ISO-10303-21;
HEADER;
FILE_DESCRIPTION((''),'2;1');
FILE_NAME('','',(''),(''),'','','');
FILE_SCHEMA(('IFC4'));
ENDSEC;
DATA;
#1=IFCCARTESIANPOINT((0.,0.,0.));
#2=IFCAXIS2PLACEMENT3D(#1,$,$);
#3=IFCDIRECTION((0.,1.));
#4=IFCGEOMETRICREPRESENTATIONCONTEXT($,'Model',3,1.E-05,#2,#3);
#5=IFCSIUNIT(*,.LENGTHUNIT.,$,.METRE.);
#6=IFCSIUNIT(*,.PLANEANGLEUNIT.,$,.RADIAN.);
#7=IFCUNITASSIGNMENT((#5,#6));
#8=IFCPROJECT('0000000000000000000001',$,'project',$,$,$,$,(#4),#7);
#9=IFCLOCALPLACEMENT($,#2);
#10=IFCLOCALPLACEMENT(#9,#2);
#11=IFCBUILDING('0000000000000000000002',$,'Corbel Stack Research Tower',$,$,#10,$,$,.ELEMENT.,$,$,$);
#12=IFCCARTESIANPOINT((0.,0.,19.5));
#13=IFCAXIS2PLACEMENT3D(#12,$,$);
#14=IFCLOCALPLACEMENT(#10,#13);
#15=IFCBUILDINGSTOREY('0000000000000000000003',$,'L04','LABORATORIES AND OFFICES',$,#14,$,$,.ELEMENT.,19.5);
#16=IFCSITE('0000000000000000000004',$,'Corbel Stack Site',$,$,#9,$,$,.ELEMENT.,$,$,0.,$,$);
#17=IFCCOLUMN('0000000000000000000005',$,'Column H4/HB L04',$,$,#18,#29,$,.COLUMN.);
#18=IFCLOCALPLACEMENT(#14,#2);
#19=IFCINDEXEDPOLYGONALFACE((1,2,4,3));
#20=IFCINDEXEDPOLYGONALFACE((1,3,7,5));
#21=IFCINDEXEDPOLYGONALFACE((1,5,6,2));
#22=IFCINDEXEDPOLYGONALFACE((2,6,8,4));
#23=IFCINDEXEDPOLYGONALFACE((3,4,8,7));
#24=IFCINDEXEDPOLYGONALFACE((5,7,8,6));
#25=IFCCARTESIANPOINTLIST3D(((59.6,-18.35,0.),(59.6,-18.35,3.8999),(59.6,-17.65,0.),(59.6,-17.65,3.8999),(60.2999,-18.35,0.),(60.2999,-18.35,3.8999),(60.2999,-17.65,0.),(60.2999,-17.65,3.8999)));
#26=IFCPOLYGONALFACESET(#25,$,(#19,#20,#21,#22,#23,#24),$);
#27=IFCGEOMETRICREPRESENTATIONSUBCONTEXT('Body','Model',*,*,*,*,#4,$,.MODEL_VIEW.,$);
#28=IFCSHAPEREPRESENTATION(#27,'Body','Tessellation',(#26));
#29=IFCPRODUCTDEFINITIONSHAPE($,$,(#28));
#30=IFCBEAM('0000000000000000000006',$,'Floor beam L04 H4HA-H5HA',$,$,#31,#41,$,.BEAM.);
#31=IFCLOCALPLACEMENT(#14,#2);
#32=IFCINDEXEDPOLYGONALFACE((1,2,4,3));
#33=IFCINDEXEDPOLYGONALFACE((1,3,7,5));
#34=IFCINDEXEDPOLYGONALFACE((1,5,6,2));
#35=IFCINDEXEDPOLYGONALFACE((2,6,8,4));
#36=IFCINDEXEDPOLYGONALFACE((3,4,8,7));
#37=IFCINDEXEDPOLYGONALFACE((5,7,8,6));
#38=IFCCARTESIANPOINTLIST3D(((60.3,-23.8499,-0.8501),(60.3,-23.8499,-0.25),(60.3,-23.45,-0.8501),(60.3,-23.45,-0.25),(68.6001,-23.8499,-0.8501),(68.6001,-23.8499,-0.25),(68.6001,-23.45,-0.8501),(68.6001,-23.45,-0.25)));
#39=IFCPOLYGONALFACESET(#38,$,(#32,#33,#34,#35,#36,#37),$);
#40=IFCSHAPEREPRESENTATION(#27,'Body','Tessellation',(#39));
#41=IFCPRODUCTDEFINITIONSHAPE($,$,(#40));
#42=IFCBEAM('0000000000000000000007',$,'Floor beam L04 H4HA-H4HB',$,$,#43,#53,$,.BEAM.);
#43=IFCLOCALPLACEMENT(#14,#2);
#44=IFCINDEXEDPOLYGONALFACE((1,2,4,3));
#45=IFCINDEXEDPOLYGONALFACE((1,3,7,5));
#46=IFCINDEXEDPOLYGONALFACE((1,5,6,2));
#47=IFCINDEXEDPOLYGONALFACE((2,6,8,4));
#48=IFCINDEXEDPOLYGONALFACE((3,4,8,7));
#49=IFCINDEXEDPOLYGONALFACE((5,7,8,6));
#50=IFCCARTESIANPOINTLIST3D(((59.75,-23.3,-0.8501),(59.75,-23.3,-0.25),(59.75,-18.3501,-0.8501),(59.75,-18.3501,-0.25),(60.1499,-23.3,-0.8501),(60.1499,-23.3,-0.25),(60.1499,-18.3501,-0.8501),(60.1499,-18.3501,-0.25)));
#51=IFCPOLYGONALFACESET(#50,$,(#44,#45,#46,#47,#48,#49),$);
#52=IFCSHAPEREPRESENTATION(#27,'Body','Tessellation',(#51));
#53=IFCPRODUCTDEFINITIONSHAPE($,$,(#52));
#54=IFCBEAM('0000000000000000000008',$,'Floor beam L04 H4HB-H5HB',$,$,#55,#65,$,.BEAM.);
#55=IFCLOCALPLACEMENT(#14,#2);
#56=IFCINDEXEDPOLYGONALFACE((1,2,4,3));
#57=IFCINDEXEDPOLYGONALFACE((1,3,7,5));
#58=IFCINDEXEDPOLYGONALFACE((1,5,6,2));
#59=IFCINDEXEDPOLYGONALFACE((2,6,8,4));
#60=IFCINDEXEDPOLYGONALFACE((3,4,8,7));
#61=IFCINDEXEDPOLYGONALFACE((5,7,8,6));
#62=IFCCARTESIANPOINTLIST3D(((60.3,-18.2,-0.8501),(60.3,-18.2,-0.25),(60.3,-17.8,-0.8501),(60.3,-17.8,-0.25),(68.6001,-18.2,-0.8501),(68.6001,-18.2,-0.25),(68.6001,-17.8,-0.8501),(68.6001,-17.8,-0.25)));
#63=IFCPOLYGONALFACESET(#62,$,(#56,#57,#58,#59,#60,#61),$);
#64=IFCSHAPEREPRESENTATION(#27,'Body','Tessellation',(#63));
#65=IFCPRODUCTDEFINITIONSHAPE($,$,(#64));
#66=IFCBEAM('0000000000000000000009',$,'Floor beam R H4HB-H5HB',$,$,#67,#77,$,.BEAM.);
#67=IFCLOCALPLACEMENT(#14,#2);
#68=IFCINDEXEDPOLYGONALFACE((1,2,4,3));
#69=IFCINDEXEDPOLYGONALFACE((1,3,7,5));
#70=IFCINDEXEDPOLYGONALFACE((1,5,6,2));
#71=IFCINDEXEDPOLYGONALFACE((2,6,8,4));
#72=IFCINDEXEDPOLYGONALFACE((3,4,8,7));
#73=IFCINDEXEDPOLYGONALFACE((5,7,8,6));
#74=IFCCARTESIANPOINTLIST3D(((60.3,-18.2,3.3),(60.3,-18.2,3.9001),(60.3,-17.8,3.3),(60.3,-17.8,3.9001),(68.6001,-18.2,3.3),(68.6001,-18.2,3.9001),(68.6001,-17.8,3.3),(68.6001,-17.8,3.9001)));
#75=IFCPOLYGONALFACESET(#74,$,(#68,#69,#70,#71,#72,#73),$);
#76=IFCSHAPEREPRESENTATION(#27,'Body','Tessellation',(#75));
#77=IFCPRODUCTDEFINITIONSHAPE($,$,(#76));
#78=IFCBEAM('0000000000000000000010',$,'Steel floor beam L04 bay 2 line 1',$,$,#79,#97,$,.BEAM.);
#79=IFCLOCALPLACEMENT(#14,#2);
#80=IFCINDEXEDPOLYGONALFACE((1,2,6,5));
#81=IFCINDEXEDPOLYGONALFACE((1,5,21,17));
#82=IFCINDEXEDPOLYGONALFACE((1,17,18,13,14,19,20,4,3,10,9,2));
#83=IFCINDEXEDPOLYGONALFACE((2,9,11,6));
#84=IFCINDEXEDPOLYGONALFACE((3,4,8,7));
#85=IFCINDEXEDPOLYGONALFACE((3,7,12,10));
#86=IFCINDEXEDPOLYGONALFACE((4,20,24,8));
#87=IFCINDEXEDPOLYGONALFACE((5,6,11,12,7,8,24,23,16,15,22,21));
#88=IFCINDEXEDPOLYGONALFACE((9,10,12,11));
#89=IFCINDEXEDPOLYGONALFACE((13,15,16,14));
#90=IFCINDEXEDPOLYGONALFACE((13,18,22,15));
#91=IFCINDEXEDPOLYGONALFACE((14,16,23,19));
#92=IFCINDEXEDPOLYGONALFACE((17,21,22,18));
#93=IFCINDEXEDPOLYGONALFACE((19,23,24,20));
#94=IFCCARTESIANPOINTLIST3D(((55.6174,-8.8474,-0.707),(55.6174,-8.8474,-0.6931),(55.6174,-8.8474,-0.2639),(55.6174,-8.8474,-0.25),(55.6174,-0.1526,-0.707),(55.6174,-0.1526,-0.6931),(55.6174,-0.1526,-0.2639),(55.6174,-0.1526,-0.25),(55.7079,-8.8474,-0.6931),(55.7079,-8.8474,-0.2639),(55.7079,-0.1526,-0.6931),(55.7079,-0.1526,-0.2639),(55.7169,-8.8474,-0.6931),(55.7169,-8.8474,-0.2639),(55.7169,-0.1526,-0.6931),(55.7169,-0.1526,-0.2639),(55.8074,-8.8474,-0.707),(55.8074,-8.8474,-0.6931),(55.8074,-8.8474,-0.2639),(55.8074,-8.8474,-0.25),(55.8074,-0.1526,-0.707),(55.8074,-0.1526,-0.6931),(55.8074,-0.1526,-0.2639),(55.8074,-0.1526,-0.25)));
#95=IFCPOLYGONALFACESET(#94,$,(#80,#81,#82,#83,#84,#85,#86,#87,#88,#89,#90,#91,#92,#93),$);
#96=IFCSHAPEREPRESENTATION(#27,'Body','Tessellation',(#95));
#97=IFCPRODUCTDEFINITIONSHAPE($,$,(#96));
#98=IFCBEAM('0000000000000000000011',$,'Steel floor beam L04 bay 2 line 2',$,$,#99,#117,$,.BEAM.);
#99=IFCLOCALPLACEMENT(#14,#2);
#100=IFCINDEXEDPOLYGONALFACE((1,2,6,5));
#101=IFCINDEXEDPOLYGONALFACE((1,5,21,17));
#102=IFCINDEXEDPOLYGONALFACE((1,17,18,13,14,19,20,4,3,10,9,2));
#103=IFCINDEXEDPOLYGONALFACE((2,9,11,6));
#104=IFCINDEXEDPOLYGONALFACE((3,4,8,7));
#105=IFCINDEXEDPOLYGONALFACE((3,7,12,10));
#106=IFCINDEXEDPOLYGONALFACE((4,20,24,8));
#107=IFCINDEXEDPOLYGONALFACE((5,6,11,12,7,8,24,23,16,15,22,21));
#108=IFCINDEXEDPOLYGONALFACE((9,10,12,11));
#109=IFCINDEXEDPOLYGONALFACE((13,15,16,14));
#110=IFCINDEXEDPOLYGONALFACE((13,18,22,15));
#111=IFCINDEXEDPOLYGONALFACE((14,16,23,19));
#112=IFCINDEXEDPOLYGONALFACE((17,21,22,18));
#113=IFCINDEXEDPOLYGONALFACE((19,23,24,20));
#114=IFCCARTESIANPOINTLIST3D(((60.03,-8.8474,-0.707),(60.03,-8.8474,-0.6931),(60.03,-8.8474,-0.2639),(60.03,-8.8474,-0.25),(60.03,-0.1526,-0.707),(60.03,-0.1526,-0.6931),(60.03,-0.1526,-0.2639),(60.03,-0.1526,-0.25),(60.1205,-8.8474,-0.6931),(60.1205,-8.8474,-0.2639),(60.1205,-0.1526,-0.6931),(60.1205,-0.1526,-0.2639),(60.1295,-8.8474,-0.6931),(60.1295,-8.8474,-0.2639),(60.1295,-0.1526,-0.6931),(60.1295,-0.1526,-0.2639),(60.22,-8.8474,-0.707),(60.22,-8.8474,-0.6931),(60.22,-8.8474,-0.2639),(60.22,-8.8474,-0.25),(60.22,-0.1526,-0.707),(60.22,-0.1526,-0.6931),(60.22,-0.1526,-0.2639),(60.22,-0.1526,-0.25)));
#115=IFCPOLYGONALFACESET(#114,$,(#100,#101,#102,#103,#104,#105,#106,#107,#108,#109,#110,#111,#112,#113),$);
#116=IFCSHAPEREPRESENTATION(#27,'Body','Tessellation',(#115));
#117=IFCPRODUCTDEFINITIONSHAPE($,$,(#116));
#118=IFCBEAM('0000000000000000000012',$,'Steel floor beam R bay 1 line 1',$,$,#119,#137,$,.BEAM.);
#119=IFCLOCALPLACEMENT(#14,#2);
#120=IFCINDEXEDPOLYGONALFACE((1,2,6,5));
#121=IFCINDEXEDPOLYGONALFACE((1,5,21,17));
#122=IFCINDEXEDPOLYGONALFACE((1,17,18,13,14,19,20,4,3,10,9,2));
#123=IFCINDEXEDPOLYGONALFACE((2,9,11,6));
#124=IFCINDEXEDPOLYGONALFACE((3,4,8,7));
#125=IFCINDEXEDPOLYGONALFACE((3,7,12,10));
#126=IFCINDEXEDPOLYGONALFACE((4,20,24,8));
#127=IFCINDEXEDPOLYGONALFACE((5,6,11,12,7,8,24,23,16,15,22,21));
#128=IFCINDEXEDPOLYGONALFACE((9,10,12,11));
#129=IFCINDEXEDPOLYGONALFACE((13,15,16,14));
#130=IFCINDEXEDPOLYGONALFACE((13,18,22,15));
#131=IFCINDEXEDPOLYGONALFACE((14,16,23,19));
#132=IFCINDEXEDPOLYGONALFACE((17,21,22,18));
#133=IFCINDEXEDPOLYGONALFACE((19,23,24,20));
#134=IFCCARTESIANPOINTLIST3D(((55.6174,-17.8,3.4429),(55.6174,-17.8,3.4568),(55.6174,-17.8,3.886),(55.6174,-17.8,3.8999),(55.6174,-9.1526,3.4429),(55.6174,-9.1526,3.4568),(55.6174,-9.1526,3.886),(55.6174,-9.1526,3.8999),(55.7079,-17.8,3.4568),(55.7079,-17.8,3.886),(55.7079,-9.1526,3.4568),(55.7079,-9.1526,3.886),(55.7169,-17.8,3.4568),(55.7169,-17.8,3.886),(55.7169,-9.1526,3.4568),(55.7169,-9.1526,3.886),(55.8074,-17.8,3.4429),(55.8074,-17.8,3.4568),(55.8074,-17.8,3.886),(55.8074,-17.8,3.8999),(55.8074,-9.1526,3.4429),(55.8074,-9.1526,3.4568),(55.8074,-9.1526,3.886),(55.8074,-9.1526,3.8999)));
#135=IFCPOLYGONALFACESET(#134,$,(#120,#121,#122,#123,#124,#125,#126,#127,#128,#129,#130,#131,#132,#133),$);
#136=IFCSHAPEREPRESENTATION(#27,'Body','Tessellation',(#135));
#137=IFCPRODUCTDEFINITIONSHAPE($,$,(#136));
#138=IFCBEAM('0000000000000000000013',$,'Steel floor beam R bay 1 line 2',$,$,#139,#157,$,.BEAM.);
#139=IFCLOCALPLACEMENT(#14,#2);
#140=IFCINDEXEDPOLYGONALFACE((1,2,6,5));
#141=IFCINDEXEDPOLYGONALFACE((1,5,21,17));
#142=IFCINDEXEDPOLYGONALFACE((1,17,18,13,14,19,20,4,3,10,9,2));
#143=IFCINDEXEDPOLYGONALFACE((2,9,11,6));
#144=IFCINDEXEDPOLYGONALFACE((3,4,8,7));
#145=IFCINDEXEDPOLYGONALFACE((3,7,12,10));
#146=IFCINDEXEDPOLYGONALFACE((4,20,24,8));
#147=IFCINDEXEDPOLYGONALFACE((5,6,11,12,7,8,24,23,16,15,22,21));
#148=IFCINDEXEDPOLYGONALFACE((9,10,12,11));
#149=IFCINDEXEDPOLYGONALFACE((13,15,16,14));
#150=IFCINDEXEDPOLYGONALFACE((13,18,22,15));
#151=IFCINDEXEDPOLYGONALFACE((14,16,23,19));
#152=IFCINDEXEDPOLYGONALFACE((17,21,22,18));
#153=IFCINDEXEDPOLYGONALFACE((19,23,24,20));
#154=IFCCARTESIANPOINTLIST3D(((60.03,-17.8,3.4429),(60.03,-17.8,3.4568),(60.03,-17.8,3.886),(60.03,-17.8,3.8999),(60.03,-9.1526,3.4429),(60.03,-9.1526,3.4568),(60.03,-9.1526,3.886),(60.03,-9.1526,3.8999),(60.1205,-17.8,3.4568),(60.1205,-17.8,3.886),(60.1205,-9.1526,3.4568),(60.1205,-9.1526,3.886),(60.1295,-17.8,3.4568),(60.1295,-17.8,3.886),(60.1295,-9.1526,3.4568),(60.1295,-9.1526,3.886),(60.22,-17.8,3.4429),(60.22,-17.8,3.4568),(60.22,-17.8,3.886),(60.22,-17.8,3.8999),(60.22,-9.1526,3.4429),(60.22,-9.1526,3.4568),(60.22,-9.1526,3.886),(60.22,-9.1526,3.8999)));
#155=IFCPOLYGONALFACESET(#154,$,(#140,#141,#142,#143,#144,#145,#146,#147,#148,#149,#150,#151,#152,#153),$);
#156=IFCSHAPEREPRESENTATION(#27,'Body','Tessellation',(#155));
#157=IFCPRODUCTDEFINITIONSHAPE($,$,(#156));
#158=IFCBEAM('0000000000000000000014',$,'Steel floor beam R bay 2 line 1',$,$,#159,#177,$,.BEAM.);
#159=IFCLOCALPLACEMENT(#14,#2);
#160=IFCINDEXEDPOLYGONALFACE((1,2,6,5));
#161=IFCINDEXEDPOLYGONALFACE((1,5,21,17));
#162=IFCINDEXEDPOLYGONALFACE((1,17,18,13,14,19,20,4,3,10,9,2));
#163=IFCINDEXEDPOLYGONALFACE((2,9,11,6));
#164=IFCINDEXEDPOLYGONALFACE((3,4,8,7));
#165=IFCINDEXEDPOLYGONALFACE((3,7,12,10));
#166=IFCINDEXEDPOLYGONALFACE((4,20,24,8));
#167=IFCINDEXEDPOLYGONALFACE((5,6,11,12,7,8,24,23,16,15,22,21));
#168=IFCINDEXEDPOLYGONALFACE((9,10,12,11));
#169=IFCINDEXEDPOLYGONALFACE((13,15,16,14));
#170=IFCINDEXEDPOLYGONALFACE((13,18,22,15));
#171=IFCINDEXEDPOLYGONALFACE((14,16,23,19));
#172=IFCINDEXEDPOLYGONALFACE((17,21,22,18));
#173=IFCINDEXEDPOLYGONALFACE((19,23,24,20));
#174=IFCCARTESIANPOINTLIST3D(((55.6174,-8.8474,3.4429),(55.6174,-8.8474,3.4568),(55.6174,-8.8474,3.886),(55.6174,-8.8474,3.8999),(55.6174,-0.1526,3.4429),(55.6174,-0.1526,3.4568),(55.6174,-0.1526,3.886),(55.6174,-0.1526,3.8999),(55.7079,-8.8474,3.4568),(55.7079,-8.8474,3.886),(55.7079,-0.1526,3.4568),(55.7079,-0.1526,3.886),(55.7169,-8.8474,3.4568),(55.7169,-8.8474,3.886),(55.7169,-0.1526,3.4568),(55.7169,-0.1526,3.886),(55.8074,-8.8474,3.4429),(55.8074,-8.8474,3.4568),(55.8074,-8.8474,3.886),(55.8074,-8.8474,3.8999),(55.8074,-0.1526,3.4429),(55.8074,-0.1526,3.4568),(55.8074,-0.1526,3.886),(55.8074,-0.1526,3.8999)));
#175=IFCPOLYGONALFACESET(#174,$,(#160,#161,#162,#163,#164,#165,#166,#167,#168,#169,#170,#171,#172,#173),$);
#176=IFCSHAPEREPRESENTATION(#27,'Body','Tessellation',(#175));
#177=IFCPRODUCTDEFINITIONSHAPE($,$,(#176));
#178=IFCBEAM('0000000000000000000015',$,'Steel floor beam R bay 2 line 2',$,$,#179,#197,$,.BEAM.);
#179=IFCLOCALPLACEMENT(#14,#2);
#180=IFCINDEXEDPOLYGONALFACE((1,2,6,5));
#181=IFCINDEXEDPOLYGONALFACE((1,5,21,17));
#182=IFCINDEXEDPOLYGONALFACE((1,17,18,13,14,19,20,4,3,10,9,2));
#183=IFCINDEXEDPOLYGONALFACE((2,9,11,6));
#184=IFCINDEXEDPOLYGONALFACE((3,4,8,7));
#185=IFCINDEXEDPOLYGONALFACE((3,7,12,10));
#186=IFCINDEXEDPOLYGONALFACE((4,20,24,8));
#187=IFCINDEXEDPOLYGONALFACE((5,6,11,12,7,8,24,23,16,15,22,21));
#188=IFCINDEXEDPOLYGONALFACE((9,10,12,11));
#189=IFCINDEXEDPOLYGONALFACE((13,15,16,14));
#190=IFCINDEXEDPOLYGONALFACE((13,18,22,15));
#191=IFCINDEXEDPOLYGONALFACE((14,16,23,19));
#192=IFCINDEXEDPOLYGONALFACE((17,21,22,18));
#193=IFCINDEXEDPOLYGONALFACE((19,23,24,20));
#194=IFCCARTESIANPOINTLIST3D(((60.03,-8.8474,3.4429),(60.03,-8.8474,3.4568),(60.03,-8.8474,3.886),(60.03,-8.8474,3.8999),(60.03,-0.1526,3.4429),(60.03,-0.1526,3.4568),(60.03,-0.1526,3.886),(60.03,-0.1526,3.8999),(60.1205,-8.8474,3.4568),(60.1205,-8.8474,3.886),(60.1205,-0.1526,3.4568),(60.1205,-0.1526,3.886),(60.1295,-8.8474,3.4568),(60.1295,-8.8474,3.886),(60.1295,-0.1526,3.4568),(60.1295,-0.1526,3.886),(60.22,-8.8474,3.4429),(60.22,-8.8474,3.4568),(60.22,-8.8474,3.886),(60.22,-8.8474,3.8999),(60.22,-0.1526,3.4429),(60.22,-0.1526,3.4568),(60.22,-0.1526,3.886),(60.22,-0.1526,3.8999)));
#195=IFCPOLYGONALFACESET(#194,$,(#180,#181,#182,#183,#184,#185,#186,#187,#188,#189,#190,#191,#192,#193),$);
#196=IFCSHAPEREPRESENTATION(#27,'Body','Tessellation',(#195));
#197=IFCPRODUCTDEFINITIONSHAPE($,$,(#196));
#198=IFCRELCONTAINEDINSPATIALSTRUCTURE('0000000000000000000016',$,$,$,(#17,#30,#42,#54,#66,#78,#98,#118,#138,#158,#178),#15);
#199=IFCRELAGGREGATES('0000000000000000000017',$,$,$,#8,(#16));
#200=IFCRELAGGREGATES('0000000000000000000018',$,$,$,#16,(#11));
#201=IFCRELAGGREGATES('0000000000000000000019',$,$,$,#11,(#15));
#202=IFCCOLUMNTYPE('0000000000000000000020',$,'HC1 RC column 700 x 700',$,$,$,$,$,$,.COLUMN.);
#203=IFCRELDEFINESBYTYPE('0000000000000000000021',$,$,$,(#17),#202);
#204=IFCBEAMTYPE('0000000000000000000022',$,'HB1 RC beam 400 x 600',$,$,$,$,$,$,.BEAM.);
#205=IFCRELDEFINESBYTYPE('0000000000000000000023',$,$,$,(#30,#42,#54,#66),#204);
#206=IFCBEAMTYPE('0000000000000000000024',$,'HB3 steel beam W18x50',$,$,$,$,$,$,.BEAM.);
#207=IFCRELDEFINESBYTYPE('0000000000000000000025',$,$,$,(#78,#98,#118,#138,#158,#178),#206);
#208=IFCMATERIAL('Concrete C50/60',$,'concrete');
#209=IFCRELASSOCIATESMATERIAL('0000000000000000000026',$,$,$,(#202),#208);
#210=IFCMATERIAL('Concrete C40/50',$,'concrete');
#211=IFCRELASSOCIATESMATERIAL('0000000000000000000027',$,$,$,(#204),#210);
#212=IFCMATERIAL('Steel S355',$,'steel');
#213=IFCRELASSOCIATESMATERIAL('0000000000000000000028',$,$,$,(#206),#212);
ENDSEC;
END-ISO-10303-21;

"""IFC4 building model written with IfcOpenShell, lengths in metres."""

from ifc_helpers import new_model, si_unit, direction, frame, origin, origin_2d, place, context, subcontext, project, spatial, rectangle, i_section, extrude, material, material_profile, profile_set, type_object, element, save


model = new_model("IFC4")

# Units and contexts
model_context = context("Model", 3, precision=1e-05, world=origin(), true_north=direction((0.0, 1.0)))
body_context = subcontext(model_context, "Body", "Model", "MODEL_VIEW")
ifc_project = project(units=[si_unit("LENGTHUNIT", "METRE"), si_unit("PLANEANGLEUNIT", "RADIAN")], contexts=[model_context])

# Site, building, storey
site_placement = place(None, origin())
site = spatial("IfcSite", under=ifc_project, at=site_placement, Name="Corbel Stack Site", CompositionType="ELEMENT", RefElevation=0.0)
building_placement = place(site_placement, origin())
building = spatial("IfcBuilding", under=site, at=building_placement, Name="Corbel Stack Research Tower", CompositionType="ELEMENT")
storey_placement = place(building_placement, frame((0.0, 0.0, 19.5)))
storey = spatial("IfcBuildingStorey", under=building, at=storey_placement, Name="L04", Description="LABORATORIES AND OFFICES", CompositionType="ELEMENT", Elevation=19.5)

# Column
ifc_material_1 = material(Name="Concrete C50/60", Category="concrete")
ifc_material_profile_1 = material_profile(ifc_material_1, rectangle(XDim=0.7, YDim=0.7, at=origin_2d()), Name="RC 700 x 700")
ifc_profile_set_1 = profile_set([ifc_material_profile_1], Name="Concrete C50/60")
column_type = type_object("IfcColumnType", Name="HC1 RC column 700 x 700", PredefinedType="COLUMN", material=ifc_profile_set_1)
column_placement = place(storey_placement, frame((59.95, -18.0, 0.0), z_axis=(0.0, 0.0, 1.0), x_axis=(1.0, 0.0, 0.0)))
element("IfcColumn", 1, at=column_placement, inside=storey, type_object=column_type, Name="Column H4/HB L04", PredefinedType="COLUMN", context=body_context, shape_type="SweptSolid", body=[
    extrude(rectangle(XDim=0.7, YDim=0.7, at=origin_2d()), origin(), (0.0, 0.0, 1.0), 3.8999),
])

# Beams
ifc_material_2 = material(Name="Concrete C40/50", Category="concrete")
ifc_material_profile_2 = material_profile(ifc_material_2, rectangle(XDim=0.3999, YDim=0.6001, at=origin_2d()), Name="RC 400 x 600")
ifc_profile_set_2 = profile_set([ifc_material_profile_2], Name="Concrete C40/50")
beam_type_1 = type_object("IfcBeamType", Name="HB1 RC beam 400 x 600", PredefinedType="BEAM", material=ifc_profile_set_2)
beam_1_placement = place(storey_placement, frame((60.3, -23.6499, -0.55), z_axis=(1.0, 0.0, 0.0), x_axis=(0.0, 1.0, 0.0)))
element("IfcBeam", 2, at=beam_1_placement, inside=storey, type_object=beam_type_1, Name="Floor beam L04 H4HA-H5HA", PredefinedType="BEAM", context=body_context, shape_type="SweptSolid", body=[
    extrude(rectangle(XDim=0.3999, YDim=0.6001, at=origin_2d()), origin(), (0.0, 0.0, 1.0), 8.3),
])
beam_2_placement = place(storey_placement, frame((59.95, -23.3, -0.55), z_axis=(0.0, 1.0, 0.0), x_axis=(-1.0, 0.0, 0.0)))
element("IfcBeam", 3, at=beam_2_placement, inside=storey, type_object=beam_type_1, Name="Floor beam L04 H4HA-H4HB", PredefinedType="BEAM", context=body_context, shape_type="SweptSolid", body=[
    extrude(rectangle(XDim=0.3999, YDim=0.6001, at=origin_2d()), origin(), (0.0, 0.0, 1.0), 4.95),
])
for number, where, z_axis, x_axis, name in (
    (4, (60.3, -18.0, -0.55), (1.0, 0.0, 0.0), (0.0, 1.0, 0.0), "Floor beam L04 H4HB-H5HB"),
    (5, (60.3, -18.0, 3.6001), (1.0, 0.0, 0.0), (0.0, 1.0, 0.0), "Floor beam R H4HB-H5HB"),
):
    element("IfcBeam", number, at=place(storey_placement, frame(where, z_axis=z_axis, x_axis=x_axis)), inside=storey, type_object=beam_type_1, Name=name, PredefinedType="BEAM", context=body_context, shape_type="SweptSolid", body=[
        extrude(rectangle(XDim=0.3999, YDim=0.6001, at=origin_2d()), origin(), (0.0, 0.0, 1.0), 8.3),
    ])
ifc_material_3 = material(Name="Steel S355", Category="steel")
ifc_material_profile_3 = material_profile(ifc_material_3, i_section(OverallWidth=0.1899, OverallDepth=0.457, WebThickness=0.009, FlangeThickness=0.0139, at=origin_2d()), Name="W18x50")
ifc_profile_set_3 = profile_set([ifc_material_profile_3], Name="Steel S355")
beam_type_2 = type_object("IfcBeamType", Name="HB3 steel beam W18x50", PredefinedType="BEAM", material=ifc_profile_set_3)
for number, where, z_axis, x_axis, name in (
    (6, (55.7124, -8.8474, -0.4785), (0.0, 1.0, 0.0), (-1.0, 0.0, 0.0), "Steel floor beam L04 bay 2 line 1"),
    (7, (60.125, -8.8474, -0.4785), (0.0, 1.0, 0.0), (-1.0, 0.0, 0.0), "Steel floor beam L04 bay 2 line 2"),
):
    element("IfcBeam", number, at=place(storey_placement, frame(where, z_axis=z_axis, x_axis=x_axis)), inside=storey, type_object=beam_type_2, Name=name, PredefinedType="BEAM", context=body_context, shape_type="SweptSolid", body=[
        extrude(i_section(OverallWidth=0.1899, OverallDepth=0.457, WebThickness=0.009, FlangeThickness=0.0139, at=origin_2d()), origin(), (0.0, 0.0, 1.0), 8.6948),
    ])
for number, where, z_axis, x_axis, name in (
    (8, (55.7124, -17.8, 3.6714), (0.0, 1.0, 0.0), (-1.0, 0.0, 0.0), "Steel floor beam R bay 1 line 1"),
    (9, (60.125, -17.8, 3.6714), (0.0, 1.0, 0.0), (-1.0, 0.0, 0.0), "Steel floor beam R bay 1 line 2"),
):
    element("IfcBeam", number, at=place(storey_placement, frame(where, z_axis=z_axis, x_axis=x_axis)), inside=storey, type_object=beam_type_2, Name=name, PredefinedType="BEAM", context=body_context, shape_type="SweptSolid", body=[
        extrude(i_section(OverallWidth=0.1899, OverallDepth=0.457, WebThickness=0.009, FlangeThickness=0.0139, at=origin_2d()), origin(), (0.0, 0.0, 1.0), 8.6475),
    ])
for number, where, z_axis, x_axis, name in (
    (10, (55.7124, -8.8474, 3.6714), (0.0, 1.0, 0.0), (-1.0, 0.0, 0.0), "Steel floor beam R bay 2 line 1"),
    (11, (60.125, -8.8474, 3.6714), (0.0, 1.0, 0.0), (-1.0, 0.0, 0.0), "Steel floor beam R bay 2 line 2"),
):
    element("IfcBeam", number, at=place(storey_placement, frame(where, z_axis=z_axis, x_axis=x_axis)), inside=storey, type_object=beam_type_2, Name=name, PredefinedType="BEAM", context=body_context, shape_type="SweptSolid", body=[
        extrude(i_section(OverallWidth=0.1899, OverallDepth=0.457, WebThickness=0.009, FlangeThickness=0.0139, at=origin_2d()), origin(), (0.0, 0.0, 1.0), 8.6948),
    ])

save(model, "model.ifc")
